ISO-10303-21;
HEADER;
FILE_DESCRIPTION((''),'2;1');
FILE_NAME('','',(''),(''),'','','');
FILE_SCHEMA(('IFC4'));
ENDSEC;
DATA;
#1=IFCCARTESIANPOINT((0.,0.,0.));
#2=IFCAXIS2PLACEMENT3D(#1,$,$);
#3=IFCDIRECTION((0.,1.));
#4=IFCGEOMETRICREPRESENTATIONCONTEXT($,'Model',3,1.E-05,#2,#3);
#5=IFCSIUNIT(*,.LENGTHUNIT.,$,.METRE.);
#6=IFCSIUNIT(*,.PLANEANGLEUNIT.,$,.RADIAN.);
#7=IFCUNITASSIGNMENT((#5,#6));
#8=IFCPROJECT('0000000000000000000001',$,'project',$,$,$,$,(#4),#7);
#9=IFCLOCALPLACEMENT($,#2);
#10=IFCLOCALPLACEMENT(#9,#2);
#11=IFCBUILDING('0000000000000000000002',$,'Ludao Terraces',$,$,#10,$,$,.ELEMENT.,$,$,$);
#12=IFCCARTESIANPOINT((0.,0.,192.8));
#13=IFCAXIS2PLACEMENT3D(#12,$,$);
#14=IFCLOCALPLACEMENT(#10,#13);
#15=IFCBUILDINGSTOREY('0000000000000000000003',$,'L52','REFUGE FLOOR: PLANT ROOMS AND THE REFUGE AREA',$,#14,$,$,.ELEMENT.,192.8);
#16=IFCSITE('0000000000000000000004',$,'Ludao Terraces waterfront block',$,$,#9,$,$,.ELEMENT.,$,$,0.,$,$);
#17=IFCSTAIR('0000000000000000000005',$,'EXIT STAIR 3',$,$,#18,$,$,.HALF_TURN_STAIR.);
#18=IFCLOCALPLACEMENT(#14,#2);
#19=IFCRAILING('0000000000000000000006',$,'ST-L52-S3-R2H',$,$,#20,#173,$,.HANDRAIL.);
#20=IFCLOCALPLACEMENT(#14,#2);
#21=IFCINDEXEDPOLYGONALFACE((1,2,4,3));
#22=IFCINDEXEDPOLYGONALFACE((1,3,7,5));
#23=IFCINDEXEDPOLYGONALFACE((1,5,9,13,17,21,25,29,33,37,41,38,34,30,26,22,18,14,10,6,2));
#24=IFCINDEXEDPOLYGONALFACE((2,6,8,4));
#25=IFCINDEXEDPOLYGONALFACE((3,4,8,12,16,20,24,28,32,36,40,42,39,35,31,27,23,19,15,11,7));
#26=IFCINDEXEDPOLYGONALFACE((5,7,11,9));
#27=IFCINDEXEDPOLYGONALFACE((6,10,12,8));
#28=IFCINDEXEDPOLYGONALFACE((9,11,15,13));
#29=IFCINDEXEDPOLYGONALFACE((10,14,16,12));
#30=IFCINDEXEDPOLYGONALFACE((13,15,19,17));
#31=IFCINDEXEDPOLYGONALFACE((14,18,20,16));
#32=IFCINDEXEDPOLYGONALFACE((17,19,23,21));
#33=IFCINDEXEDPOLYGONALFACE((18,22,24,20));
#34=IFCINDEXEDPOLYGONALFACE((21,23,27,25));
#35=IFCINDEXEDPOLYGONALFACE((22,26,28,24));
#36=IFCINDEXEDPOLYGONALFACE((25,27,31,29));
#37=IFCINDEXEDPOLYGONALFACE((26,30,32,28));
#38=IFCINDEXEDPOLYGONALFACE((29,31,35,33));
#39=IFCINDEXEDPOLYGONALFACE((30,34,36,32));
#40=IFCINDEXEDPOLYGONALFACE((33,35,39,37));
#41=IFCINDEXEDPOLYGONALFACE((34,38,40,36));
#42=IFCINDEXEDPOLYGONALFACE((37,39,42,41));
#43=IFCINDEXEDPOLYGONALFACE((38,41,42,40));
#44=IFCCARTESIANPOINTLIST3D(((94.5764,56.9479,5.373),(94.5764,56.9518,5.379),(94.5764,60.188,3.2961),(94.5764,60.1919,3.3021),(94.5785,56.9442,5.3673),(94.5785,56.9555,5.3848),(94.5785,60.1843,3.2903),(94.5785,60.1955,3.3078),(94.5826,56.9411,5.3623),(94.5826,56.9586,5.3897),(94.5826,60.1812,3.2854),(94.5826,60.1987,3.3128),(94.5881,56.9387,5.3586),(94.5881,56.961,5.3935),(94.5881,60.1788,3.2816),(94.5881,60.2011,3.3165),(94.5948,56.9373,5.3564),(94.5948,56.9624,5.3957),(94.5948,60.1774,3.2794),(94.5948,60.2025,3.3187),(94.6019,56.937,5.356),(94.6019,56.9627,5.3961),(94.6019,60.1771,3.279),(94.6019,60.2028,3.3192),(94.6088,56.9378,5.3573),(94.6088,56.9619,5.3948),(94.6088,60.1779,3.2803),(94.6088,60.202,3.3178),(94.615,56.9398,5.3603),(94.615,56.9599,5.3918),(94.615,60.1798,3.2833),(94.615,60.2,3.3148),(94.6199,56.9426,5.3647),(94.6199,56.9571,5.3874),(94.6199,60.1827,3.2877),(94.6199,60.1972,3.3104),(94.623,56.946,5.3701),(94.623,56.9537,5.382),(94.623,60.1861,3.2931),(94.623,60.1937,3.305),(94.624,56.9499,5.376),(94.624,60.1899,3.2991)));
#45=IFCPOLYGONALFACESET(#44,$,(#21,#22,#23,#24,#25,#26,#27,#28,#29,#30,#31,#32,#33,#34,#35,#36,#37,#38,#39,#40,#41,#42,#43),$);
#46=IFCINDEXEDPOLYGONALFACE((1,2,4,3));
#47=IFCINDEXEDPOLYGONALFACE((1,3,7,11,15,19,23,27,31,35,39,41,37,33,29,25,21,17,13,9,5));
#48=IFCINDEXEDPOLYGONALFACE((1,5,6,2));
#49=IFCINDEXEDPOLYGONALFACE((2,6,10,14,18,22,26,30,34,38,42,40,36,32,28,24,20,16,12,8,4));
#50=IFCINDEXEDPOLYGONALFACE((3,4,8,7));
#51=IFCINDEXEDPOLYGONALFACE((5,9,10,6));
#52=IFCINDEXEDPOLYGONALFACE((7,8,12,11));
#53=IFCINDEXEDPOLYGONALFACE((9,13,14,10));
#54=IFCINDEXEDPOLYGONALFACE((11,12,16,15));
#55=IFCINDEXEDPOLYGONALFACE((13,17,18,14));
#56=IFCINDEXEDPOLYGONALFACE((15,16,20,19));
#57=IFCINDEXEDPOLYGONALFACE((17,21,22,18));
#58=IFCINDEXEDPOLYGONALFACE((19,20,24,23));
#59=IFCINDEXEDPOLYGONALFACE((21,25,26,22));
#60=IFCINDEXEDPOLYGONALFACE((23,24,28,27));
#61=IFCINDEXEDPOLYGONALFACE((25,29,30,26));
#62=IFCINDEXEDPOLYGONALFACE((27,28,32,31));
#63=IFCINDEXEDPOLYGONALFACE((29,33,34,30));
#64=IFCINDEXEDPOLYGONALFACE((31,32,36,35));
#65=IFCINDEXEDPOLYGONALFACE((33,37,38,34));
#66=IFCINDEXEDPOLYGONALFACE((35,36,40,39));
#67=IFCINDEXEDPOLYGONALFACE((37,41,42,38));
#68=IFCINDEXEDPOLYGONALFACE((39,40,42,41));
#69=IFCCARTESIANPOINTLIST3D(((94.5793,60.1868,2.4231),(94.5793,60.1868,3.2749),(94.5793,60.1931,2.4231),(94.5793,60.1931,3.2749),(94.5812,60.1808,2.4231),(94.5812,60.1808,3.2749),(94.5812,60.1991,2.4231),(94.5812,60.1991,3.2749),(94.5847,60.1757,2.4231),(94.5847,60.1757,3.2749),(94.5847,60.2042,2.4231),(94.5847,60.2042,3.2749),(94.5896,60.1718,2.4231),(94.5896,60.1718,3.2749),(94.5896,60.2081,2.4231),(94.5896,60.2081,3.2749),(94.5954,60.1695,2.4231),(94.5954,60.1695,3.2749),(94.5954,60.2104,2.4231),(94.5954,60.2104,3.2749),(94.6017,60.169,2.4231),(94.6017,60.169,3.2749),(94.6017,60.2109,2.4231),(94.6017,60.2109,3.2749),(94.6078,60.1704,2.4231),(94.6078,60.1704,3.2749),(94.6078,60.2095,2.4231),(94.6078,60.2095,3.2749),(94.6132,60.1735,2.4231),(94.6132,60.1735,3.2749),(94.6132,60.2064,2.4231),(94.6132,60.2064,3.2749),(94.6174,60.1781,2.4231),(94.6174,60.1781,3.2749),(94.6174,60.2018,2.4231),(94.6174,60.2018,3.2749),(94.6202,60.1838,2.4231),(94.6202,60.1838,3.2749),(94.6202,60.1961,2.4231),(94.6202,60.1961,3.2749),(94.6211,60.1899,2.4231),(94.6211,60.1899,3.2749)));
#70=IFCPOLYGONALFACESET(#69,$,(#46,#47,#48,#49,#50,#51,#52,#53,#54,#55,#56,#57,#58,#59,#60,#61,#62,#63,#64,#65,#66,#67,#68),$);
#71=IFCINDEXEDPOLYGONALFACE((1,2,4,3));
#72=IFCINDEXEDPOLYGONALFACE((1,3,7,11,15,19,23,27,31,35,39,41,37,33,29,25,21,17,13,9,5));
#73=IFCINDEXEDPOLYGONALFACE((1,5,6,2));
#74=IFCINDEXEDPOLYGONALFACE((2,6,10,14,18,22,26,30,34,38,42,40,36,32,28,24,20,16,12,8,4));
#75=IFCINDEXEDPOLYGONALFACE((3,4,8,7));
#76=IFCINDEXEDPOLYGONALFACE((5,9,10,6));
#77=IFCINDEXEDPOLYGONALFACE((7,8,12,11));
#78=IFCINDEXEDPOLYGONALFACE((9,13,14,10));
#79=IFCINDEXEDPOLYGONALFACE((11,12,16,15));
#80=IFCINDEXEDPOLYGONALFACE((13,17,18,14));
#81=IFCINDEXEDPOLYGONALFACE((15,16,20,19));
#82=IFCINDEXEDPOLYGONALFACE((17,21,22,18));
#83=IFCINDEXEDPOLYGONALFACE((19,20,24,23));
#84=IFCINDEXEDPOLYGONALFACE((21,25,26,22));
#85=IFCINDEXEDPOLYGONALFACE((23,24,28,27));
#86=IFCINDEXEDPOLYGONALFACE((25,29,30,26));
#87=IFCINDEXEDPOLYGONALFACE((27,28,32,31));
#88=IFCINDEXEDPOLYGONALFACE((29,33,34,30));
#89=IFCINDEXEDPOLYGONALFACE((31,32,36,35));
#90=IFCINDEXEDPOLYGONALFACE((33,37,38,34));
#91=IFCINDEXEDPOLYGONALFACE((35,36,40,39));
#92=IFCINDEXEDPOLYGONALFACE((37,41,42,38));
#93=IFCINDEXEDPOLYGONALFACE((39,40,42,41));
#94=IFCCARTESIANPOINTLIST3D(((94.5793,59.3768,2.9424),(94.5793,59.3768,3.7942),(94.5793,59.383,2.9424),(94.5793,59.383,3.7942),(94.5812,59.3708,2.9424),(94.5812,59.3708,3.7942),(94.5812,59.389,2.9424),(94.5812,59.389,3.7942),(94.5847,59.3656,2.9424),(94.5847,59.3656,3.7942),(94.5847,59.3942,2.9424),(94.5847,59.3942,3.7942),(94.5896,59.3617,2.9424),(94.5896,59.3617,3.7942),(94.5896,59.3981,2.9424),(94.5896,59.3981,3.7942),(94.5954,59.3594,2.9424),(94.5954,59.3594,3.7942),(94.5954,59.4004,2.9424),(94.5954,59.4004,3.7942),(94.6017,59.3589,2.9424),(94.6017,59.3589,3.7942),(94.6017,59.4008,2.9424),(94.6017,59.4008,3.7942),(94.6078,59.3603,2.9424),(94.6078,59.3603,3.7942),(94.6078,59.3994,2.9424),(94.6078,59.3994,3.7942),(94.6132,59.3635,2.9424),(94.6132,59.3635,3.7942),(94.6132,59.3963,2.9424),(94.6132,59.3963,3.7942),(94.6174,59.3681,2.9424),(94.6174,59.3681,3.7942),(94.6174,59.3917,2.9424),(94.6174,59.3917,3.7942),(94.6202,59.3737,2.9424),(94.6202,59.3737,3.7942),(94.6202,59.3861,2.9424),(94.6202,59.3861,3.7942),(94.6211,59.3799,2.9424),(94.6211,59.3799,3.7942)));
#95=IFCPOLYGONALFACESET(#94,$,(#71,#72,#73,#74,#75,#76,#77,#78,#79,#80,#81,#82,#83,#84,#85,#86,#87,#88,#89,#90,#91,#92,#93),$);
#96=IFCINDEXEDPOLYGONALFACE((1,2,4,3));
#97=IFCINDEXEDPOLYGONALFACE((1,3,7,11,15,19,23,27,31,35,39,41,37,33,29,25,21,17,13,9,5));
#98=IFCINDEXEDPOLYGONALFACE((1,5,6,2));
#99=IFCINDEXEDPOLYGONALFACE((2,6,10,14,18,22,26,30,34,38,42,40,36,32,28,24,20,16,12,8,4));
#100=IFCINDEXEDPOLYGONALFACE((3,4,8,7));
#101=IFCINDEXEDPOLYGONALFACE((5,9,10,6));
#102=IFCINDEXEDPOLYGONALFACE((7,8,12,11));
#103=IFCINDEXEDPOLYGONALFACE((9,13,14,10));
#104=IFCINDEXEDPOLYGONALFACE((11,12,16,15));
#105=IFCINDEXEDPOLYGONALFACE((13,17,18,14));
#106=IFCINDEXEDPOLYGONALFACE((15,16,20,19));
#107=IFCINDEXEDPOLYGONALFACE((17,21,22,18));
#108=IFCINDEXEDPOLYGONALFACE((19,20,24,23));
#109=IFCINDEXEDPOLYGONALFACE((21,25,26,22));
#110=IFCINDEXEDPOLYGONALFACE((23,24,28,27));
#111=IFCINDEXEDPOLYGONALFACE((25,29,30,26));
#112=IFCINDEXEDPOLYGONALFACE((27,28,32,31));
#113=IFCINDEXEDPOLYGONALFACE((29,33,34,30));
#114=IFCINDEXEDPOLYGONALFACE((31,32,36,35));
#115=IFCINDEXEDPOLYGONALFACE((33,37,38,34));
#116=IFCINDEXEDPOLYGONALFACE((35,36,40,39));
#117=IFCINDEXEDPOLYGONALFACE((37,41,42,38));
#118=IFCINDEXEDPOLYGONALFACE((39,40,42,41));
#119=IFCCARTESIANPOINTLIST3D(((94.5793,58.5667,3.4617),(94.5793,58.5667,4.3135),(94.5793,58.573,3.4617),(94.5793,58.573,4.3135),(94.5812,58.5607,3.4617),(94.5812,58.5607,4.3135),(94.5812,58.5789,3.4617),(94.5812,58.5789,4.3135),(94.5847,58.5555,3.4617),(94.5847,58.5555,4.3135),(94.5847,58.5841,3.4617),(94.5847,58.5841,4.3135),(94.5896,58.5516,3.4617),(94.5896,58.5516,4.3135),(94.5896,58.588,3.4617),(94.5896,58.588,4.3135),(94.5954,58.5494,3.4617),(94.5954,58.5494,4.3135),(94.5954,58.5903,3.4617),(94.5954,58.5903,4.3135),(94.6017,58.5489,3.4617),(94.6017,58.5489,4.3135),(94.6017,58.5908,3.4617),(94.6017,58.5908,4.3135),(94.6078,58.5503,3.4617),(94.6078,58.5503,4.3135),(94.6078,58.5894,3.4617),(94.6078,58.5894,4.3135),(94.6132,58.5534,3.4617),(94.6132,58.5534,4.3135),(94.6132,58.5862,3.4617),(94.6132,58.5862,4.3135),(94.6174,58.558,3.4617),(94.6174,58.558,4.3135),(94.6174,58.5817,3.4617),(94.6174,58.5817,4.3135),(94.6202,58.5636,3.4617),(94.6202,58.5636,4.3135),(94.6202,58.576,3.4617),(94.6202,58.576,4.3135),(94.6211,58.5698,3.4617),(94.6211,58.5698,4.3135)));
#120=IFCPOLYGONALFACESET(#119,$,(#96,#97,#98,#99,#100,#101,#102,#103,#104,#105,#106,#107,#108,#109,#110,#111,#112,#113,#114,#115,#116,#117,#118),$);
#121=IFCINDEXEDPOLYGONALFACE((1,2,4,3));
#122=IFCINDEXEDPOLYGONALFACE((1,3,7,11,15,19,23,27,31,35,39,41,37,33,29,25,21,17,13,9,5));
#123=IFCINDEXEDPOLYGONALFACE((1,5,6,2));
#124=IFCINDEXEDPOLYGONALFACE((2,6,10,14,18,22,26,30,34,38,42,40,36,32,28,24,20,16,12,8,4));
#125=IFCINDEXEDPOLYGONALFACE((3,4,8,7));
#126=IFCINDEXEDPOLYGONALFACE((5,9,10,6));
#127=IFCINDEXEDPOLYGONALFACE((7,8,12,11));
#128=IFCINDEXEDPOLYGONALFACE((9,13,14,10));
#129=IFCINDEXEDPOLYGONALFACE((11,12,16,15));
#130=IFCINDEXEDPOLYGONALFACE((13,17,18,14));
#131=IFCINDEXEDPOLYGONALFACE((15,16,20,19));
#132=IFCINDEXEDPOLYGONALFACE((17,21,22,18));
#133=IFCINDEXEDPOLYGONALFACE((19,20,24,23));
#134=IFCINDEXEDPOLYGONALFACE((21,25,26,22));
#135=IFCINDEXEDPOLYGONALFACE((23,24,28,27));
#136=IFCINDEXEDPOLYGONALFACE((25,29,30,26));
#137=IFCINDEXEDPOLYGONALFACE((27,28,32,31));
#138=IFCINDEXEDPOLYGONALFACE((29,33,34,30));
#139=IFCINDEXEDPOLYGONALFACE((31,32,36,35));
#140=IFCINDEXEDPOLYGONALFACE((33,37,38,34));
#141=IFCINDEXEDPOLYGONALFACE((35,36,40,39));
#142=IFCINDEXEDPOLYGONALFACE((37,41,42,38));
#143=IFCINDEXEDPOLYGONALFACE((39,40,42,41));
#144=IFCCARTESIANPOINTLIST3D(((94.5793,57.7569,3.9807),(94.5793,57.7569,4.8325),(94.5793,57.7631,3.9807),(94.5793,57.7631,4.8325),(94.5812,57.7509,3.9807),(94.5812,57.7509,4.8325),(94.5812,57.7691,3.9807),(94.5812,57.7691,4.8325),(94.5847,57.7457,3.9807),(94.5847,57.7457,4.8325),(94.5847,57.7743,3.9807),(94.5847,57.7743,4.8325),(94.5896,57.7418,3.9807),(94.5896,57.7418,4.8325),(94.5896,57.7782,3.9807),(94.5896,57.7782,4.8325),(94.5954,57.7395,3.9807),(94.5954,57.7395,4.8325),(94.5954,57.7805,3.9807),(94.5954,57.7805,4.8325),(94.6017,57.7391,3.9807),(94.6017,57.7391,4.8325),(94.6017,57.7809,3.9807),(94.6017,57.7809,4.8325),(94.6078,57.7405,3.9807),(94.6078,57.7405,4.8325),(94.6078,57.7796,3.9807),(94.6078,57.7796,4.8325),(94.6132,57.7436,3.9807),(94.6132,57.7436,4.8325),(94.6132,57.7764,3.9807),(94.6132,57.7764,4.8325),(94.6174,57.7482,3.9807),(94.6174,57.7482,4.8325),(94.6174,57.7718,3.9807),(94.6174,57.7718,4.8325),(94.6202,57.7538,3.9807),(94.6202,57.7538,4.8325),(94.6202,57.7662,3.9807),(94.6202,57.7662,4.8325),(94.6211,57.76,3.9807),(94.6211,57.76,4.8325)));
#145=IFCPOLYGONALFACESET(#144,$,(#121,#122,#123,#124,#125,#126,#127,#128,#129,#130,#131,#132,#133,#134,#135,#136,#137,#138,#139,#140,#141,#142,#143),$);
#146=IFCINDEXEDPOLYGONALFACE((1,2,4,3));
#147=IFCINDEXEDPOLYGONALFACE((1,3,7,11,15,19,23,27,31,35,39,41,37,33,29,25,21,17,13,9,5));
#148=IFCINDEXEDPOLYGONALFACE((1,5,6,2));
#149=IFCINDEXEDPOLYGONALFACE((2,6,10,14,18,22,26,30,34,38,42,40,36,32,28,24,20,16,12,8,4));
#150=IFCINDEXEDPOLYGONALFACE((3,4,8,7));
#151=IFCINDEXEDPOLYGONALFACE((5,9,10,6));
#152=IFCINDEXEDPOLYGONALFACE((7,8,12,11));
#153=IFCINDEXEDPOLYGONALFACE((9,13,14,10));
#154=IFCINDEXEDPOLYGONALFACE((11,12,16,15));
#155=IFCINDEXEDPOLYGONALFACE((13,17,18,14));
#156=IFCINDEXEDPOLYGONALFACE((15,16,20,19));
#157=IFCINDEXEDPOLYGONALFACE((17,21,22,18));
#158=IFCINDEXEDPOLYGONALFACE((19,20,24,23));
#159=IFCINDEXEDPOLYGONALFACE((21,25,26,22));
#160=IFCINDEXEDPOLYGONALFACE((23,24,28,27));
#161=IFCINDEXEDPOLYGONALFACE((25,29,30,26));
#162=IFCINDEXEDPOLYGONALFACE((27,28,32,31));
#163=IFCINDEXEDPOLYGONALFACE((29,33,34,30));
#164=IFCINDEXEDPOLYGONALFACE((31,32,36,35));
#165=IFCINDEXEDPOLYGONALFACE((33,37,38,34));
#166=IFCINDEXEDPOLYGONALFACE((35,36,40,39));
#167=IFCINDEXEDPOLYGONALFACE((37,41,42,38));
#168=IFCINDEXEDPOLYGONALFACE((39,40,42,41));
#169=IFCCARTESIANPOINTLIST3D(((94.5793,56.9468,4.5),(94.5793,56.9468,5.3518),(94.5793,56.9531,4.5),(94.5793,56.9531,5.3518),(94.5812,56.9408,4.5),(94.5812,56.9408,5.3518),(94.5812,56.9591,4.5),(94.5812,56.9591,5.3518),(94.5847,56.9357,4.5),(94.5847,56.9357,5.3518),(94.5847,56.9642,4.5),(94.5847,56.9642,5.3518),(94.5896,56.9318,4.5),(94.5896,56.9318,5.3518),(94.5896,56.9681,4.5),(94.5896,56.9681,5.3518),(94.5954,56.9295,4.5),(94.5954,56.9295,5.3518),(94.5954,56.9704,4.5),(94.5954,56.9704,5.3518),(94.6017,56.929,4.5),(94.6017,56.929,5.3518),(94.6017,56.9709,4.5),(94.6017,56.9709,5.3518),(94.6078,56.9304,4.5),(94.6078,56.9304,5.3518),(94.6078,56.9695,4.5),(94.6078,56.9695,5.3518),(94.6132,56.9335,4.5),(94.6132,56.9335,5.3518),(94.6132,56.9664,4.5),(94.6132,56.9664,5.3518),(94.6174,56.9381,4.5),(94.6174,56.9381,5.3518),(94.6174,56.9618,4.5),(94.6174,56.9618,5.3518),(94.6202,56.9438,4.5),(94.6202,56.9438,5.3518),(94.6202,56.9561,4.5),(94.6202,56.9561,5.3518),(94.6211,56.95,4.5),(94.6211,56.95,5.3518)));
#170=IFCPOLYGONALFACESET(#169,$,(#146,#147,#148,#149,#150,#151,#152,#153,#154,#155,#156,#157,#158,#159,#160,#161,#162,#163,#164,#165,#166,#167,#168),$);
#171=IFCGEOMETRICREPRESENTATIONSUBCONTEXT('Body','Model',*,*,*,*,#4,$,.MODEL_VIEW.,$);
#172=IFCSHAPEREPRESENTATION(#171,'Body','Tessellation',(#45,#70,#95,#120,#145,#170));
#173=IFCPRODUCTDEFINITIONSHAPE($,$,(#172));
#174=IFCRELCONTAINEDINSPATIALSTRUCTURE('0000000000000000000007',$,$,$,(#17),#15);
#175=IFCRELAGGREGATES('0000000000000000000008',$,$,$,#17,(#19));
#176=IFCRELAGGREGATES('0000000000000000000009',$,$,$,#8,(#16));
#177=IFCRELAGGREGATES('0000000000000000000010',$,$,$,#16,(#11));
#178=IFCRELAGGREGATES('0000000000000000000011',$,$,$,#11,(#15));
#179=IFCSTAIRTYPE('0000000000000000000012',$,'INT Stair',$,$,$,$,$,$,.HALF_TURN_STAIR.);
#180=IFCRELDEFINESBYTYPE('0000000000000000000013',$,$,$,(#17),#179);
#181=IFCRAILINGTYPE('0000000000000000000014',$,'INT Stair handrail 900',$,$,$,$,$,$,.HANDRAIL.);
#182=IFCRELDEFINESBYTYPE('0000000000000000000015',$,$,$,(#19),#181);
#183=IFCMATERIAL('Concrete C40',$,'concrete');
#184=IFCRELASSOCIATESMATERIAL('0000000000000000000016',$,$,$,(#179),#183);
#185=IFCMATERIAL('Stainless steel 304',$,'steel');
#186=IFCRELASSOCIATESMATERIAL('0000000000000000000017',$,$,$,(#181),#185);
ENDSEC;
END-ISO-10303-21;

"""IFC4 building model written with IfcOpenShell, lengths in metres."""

from ifc_helpers import new_model, si_unit, direction, frame, origin, origin_2d, place, context, subcontext, project, spatial, circle, extrude, material, type_object, element, aggregate, save


model = new_model("IFC4")

# Units and contexts
model_context = context("Model", 3, precision=1e-05, world=origin(), true_north=direction((0.0, 1.0)))
body_context = subcontext(model_context, "Body", "Model", "MODEL_VIEW")
ifc_project = project(units=[si_unit("LENGTHUNIT", "METRE"), si_unit("PLANEANGLEUNIT", "RADIAN")], contexts=[model_context])

# Site, building, storey
site_placement = place(None, origin())
site = spatial("IfcSite", under=ifc_project, at=site_placement, Name="Ludao Terraces waterfront block", CompositionType="ELEMENT", RefElevation=0.0)
building_placement = place(site_placement, origin())
building = spatial("IfcBuilding", under=site, at=building_placement, Name="Ludao Terraces", CompositionType="ELEMENT")
storey_placement = place(building_placement, frame((0.0, 0.0, 192.8)))
storey = spatial("IfcBuildingStorey", under=building, at=storey_placement, Name="L52", Description="REFUGE FLOOR: PLANT ROOMS AND THE REFUGE AREA", CompositionType="ELEMENT", Elevation=192.8)

# Stair, railing
ifc_material_1 = material(Name="Concrete C40", Category="concrete")
stair_type = type_object("IfcStairType", Name="INT Stair", PredefinedType="HALF_TURN_STAIR", material=ifc_material_1)
stair_placement = place(storey_placement, origin())
stair = element("IfcStair", 1, at=stair_placement, inside=storey, type_object=stair_type, Name="EXIT STAIR 3", PredefinedType="HALF_TURN_STAIR")
ifc_material_2 = material(Name="Stainless steel 304", Category="steel")
railing_type_1 = type_object("IfcRailingType", Name="INT Stair handrail 900", PredefinedType="HANDRAIL", material=ifc_material_2)
railing_1_placement = place(storey_placement, frame((94.6001, 60.1899, 2.4231)))
railing_1 = element("IfcRailing", 2, at=railing_1_placement, type_object=railing_type_1, Name="ST-L52-S3-R2H", PredefinedType="HANDRAIL", context=body_context, shape_type="SweptSolid", body=[
    extrude(circle(Radius=0.0239, at=origin_2d()), frame((0.0, 0.0, 0.876), z_axis=(0.0, -0.841881, 0.539664), x_axis=(1.0, 0.0, 0.0)), (0.0, 0.0, 1.0), 3.8486),
    extrude(circle(Radius=0.021, at=origin_2d()), origin(), (0.0, 0.0, 1.0), 0.8518),
    extrude(circle(Radius=0.021, at=origin_2d()), frame((0.0, -0.8101, 0.5193)), (0.0, 0.0, 1.0), 0.8518),
    extrude(circle(Radius=0.021, at=origin_2d()), frame((0.0, -1.6201, 1.0386)), (0.0, 0.0, 1.0), 0.8518),
    extrude(circle(Radius=0.021, at=origin_2d()), frame((0.0, -2.4299, 1.5576)), (0.0, 0.0, 1.0), 0.8518),
    extrude(circle(Radius=0.021, at=origin_2d()), frame((0.0, -3.24, 2.0769)), (0.0, 0.0, 1.0), 0.8518),
])
aggregate(stair, [railing_1])

save(model, "model.ifc")
